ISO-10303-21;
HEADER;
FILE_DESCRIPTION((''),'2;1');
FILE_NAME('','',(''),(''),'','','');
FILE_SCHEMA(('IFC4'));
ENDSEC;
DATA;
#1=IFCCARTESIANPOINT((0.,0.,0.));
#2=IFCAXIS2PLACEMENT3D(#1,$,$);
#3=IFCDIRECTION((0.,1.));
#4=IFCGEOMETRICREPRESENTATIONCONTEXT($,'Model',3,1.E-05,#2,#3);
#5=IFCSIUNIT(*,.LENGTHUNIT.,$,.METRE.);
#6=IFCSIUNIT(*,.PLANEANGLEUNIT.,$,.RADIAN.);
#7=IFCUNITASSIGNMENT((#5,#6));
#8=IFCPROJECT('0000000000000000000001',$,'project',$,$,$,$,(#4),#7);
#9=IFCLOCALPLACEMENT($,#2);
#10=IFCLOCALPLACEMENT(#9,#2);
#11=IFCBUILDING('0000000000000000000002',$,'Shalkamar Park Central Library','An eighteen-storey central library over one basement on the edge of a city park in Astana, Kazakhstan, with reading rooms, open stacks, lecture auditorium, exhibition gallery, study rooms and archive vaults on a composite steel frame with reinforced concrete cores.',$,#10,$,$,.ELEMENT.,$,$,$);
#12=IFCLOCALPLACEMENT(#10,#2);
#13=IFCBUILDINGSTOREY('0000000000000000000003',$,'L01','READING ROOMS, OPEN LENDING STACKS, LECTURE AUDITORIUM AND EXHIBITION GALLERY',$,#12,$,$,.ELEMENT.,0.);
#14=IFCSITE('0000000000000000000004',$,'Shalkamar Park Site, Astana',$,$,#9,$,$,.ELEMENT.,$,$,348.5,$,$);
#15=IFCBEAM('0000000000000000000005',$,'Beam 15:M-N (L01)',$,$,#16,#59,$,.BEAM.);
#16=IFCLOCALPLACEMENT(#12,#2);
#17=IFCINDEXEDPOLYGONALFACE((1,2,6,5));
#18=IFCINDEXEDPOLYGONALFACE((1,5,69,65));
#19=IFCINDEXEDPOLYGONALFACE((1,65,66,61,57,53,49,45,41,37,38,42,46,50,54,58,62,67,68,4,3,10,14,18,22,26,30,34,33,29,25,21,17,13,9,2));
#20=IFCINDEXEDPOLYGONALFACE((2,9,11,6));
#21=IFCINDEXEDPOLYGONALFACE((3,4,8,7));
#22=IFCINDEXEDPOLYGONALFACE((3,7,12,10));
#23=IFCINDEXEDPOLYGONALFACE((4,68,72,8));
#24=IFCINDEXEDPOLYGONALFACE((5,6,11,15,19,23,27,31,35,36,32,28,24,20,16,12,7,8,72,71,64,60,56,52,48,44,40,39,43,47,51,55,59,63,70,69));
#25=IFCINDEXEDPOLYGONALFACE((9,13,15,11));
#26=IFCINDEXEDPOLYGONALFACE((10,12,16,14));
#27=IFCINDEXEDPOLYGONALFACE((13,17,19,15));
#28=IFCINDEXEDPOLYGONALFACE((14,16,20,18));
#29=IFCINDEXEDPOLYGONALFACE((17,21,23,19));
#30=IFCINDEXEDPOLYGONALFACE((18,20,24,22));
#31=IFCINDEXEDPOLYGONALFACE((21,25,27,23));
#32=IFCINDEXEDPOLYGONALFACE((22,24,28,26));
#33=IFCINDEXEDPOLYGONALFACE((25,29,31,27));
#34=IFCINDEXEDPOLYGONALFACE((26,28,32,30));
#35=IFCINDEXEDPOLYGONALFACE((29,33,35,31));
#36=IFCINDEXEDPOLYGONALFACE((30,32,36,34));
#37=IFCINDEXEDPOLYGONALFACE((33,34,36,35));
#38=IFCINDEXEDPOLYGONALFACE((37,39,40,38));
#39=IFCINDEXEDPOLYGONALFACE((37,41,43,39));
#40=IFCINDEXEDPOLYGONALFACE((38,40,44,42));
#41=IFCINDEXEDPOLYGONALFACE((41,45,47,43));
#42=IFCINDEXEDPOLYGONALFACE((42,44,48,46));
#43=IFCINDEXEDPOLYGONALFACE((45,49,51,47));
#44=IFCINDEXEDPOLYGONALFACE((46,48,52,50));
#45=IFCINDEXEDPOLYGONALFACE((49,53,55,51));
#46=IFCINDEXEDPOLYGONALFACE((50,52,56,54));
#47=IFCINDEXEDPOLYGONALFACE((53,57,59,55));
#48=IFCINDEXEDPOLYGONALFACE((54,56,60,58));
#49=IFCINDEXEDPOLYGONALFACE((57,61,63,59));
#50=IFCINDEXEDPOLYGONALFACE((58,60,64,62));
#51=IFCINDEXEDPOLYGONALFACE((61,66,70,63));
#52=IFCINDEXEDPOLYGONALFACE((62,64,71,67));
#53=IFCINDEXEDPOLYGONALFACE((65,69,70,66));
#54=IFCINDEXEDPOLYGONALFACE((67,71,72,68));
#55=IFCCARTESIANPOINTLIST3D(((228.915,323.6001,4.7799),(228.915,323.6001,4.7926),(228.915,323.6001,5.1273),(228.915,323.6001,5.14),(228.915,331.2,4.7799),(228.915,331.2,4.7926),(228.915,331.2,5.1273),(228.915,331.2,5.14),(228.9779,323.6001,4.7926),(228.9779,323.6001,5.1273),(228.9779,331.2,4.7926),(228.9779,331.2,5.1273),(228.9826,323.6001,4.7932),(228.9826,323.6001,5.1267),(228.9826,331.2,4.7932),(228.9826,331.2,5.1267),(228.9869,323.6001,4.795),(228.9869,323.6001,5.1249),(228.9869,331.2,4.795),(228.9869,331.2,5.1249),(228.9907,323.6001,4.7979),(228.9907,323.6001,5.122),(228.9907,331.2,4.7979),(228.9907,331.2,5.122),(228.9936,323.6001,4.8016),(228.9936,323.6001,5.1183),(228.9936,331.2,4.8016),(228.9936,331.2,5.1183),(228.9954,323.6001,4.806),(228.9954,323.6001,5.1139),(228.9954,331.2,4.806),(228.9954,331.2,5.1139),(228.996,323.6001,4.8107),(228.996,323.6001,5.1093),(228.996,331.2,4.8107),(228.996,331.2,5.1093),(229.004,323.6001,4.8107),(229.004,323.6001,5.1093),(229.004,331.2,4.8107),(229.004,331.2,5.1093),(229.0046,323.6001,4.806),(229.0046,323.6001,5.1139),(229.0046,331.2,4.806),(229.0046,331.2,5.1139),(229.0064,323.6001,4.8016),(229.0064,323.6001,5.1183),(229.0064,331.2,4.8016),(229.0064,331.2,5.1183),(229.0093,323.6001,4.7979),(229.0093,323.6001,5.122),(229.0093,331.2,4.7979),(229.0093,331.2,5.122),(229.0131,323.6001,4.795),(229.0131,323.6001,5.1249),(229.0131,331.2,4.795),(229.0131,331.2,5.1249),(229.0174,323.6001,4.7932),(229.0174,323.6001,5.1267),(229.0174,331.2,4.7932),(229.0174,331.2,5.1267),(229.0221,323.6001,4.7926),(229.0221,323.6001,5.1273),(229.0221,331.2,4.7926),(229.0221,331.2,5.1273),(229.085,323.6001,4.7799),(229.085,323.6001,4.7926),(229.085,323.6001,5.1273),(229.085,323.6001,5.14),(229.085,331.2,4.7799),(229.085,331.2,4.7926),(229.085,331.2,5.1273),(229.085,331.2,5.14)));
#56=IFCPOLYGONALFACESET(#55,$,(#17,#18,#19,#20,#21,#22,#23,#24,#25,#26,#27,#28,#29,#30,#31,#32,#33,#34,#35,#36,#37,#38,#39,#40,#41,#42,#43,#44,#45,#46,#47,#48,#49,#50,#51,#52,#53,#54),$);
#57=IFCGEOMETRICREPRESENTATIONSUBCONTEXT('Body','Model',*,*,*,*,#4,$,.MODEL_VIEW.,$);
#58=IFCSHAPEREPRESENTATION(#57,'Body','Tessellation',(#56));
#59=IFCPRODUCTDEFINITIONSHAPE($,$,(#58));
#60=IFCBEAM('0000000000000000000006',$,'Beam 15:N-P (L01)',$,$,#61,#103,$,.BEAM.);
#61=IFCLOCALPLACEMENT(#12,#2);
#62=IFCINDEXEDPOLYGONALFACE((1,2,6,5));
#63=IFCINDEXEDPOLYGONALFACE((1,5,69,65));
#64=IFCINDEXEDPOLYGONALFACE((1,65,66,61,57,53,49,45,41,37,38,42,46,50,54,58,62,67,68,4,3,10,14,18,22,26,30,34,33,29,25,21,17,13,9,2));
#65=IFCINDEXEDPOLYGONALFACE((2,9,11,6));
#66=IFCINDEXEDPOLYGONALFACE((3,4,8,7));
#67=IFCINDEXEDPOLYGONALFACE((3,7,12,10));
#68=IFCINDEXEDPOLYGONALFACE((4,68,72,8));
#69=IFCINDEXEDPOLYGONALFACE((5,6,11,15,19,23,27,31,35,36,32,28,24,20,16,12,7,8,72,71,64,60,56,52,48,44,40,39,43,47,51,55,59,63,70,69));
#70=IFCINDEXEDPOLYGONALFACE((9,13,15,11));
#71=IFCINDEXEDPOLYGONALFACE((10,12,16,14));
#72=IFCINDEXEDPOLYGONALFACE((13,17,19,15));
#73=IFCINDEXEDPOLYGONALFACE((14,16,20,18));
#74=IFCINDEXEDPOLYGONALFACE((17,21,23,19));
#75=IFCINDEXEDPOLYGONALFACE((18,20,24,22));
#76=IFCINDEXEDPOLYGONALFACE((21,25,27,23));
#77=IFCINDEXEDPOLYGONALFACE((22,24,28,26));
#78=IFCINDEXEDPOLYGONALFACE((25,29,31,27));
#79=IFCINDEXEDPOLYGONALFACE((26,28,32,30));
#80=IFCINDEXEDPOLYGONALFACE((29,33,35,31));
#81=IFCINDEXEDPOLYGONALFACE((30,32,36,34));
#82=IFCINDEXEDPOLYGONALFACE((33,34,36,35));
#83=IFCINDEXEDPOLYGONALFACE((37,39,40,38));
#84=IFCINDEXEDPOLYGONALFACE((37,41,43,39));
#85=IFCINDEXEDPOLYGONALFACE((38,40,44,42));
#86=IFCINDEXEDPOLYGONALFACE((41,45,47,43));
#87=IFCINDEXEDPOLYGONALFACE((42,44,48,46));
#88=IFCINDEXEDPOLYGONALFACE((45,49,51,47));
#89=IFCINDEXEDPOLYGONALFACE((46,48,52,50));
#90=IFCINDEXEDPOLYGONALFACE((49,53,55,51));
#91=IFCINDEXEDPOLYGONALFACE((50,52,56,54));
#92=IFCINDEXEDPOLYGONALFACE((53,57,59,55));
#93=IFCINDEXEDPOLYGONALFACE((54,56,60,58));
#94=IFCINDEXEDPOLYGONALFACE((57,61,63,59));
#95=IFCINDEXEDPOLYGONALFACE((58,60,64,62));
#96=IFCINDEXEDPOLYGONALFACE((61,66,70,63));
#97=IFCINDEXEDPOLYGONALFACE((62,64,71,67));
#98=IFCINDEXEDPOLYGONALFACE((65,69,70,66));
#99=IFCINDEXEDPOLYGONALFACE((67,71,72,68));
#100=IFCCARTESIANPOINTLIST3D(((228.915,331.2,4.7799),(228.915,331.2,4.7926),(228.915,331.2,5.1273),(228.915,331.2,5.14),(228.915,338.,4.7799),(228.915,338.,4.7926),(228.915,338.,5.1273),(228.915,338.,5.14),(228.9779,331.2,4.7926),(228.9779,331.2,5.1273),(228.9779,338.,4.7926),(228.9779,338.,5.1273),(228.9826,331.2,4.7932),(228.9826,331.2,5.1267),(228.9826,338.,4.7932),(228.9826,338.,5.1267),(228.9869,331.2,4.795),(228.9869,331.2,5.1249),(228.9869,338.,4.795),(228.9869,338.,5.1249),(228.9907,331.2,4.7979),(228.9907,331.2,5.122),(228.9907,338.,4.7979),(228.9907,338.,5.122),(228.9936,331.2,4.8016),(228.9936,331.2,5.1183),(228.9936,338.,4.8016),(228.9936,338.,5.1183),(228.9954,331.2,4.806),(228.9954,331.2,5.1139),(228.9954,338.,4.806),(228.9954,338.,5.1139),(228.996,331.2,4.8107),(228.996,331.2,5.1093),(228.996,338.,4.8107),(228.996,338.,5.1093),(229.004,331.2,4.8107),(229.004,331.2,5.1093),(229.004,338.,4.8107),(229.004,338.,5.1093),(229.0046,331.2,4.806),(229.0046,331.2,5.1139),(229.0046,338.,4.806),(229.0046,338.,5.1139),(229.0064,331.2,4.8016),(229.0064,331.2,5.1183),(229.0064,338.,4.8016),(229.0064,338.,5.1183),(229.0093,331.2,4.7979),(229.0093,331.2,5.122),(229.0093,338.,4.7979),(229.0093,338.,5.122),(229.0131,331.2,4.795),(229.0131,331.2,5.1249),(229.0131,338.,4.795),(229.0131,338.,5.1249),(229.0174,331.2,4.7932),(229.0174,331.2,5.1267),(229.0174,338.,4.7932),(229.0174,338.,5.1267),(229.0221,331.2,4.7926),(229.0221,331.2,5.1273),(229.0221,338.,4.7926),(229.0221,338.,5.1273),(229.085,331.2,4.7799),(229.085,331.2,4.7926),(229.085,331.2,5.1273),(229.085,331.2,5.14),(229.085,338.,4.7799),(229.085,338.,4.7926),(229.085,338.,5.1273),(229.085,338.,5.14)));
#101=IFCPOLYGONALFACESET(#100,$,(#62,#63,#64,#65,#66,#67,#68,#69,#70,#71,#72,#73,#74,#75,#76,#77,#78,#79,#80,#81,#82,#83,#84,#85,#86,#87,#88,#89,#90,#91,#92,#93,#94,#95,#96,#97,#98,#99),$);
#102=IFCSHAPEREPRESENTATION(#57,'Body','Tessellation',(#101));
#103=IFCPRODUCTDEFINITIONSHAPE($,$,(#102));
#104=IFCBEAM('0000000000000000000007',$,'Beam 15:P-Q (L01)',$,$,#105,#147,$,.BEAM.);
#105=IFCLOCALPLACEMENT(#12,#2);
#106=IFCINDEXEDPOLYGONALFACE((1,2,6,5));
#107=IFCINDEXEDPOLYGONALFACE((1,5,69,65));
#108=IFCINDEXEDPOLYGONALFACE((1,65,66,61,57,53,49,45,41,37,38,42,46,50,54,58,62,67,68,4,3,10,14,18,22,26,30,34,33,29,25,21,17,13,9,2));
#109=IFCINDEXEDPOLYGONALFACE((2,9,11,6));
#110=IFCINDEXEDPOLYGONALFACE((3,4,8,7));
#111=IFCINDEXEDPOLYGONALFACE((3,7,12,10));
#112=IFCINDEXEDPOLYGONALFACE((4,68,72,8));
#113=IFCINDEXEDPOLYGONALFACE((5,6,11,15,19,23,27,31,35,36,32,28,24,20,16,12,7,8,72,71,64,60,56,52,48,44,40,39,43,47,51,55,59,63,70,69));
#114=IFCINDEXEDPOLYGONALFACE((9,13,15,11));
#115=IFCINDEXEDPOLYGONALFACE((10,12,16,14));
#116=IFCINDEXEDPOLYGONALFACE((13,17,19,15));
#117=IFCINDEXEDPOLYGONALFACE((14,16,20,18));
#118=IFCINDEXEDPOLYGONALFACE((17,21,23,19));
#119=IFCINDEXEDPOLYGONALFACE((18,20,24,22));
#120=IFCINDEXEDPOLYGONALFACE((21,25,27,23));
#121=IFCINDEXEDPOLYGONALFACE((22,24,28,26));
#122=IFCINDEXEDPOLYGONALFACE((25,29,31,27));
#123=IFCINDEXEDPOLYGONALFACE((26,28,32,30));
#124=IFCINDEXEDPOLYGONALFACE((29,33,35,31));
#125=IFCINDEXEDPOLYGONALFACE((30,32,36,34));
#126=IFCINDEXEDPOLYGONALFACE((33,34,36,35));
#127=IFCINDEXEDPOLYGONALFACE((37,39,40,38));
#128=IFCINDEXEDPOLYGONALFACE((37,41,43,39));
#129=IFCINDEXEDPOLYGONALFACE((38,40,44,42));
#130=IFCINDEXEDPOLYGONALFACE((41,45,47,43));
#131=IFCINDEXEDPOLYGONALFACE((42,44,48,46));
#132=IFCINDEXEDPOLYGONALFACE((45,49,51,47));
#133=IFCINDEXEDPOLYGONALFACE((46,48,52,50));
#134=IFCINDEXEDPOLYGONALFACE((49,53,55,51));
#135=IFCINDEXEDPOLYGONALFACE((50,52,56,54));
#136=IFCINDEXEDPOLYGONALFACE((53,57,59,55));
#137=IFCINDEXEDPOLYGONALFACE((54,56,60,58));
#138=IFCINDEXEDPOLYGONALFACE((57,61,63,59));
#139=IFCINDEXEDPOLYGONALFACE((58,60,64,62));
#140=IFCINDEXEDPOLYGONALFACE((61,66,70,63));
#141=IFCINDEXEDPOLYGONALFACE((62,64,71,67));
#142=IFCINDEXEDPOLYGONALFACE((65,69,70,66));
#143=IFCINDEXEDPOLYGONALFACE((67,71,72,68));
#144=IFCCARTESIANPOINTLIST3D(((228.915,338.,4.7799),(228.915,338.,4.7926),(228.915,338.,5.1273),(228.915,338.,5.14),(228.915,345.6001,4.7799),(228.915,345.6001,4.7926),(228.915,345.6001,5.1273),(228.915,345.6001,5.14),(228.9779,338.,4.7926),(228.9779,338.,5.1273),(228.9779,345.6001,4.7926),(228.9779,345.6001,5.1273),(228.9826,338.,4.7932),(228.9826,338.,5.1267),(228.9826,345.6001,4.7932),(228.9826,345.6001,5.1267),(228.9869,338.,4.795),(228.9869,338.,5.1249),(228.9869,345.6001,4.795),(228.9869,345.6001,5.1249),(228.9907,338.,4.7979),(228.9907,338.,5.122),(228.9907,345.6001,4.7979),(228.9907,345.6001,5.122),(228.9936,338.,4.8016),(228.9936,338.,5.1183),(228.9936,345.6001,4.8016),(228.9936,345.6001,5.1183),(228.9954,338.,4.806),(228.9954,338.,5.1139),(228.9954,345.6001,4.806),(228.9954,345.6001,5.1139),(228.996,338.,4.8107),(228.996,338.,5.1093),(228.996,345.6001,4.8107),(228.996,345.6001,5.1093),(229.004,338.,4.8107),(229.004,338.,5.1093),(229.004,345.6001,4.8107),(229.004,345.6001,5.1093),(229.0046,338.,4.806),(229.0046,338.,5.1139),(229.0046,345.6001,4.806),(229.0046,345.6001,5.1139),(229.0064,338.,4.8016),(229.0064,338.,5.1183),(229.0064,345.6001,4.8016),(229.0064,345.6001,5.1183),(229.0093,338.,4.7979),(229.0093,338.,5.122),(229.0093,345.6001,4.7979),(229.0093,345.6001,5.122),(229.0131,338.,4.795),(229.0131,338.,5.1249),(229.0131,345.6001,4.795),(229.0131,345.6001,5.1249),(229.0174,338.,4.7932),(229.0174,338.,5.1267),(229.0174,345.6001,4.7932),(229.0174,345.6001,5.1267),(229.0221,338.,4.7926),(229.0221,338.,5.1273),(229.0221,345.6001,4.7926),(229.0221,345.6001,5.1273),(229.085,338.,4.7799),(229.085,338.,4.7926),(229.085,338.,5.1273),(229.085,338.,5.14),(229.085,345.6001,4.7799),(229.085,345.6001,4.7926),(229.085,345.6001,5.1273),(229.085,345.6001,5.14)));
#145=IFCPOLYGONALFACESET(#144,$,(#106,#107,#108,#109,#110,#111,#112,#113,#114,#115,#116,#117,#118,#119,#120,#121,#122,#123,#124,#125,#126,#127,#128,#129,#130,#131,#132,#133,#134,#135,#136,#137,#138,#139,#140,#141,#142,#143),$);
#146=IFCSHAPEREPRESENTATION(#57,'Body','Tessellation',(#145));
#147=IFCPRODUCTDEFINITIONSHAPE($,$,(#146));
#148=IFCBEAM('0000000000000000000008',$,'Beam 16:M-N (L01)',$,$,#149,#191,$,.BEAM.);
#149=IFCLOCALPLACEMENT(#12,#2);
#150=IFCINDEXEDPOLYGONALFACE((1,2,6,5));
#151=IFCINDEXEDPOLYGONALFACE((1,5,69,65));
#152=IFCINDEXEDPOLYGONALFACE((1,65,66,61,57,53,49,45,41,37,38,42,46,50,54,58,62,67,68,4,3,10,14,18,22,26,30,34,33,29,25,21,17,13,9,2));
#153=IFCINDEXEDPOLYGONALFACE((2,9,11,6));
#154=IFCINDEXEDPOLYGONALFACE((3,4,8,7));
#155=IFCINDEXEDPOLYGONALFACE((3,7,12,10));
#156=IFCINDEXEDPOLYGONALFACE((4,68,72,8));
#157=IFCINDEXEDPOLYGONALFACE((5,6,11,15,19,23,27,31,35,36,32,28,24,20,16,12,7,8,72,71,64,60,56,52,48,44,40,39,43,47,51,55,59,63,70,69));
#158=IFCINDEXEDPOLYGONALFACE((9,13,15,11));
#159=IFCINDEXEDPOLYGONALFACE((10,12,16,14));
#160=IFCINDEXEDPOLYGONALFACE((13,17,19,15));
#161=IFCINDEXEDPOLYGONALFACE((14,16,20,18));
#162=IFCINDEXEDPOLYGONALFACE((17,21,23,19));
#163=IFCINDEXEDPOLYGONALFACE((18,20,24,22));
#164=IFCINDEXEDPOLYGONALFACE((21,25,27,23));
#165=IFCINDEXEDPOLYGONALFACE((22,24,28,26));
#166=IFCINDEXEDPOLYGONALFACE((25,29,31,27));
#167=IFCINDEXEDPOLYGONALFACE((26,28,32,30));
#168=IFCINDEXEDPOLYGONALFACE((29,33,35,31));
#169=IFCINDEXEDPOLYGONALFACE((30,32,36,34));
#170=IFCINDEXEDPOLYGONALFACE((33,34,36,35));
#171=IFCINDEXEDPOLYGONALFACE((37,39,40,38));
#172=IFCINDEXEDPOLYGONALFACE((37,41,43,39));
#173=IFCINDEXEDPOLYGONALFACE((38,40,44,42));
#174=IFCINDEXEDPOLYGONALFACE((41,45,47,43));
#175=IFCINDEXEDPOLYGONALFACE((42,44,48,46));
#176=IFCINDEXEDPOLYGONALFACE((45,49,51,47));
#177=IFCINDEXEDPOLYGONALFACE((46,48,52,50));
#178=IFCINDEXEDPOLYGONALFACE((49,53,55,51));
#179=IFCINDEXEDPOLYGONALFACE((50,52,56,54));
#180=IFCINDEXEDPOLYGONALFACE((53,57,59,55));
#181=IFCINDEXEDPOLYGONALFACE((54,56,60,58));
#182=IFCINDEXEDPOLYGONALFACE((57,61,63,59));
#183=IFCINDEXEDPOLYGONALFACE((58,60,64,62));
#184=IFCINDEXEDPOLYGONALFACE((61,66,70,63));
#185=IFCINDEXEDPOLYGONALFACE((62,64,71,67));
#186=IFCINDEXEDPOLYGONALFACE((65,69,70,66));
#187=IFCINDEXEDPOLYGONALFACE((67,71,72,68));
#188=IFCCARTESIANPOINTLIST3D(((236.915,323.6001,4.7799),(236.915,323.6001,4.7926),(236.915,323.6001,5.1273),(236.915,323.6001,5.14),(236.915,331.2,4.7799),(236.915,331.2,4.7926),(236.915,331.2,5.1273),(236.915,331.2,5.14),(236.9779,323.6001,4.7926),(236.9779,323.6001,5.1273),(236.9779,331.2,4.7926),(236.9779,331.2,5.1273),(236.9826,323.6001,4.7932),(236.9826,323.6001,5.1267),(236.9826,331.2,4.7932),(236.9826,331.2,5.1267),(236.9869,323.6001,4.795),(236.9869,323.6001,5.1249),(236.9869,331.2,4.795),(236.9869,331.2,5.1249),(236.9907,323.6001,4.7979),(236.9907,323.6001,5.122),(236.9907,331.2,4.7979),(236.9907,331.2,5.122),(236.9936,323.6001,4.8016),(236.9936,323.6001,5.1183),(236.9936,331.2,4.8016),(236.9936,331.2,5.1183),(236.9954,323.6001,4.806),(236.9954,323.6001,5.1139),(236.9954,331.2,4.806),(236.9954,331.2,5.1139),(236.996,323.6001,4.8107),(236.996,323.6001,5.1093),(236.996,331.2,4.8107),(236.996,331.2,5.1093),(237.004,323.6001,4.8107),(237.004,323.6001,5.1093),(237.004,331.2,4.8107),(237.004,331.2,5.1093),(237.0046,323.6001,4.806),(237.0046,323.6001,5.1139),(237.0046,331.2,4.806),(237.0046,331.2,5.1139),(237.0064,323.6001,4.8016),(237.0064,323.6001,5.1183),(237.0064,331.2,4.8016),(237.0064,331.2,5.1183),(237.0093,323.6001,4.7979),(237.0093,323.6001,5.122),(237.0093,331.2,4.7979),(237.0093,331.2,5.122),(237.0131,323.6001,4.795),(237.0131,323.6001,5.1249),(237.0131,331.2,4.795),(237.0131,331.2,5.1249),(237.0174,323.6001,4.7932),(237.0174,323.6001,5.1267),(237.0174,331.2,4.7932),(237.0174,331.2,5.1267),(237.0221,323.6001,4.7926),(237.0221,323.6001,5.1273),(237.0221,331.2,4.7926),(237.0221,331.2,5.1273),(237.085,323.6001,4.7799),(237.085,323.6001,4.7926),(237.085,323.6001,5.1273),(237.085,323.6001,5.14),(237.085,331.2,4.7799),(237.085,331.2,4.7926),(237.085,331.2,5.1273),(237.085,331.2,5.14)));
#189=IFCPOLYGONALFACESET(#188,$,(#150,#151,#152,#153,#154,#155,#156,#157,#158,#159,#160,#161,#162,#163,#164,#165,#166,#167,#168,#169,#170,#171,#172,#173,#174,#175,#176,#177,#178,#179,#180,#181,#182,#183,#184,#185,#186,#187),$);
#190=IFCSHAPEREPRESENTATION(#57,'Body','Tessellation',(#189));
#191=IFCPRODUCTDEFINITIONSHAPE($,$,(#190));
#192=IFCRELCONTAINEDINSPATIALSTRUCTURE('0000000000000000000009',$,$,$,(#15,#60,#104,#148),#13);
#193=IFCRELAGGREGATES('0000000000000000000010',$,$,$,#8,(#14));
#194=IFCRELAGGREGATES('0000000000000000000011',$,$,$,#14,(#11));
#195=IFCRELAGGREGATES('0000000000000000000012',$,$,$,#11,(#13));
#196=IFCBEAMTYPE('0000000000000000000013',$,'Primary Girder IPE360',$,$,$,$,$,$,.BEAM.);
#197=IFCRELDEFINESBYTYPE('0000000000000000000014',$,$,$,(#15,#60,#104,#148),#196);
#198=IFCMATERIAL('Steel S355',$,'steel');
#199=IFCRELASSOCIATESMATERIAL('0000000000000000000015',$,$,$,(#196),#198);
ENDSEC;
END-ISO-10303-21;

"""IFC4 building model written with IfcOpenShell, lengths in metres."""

from ifc_helpers import new_model, si_unit, direction, frame, origin, origin_2d, place, context, subcontext, project, spatial, i_section, extrude, material, material_profile, profile_set, type_object, element, save


model = new_model("IFC4")

# Units and contexts
model_context = context("Model", 3, precision=1e-05, world=origin(), true_north=direction((0.0, 1.0)))
body_context = subcontext(model_context, "Body", "Model", "MODEL_VIEW")
ifc_project = project(units=[si_unit("LENGTHUNIT", "METRE"), si_unit("PLANEANGLEUNIT", "RADIAN")], contexts=[model_context])

# Site, building, storey
site_placement = place(None, origin())
site = spatial("IfcSite", under=ifc_project, at=site_placement, Name="Shalkamar Park Site, Astana", CompositionType="ELEMENT", RefElevation=348.5)
building_placement = place(site_placement, origin())
building = spatial("IfcBuilding", under=site, at=building_placement, Name="Shalkamar Park Central Library", Description="An eighteen-storey central library over one basement on the edge of a city park in Astana, Kazakhstan, with reading rooms, open stacks, lecture auditorium, exhibition gallery, study rooms and archive vaults on a composite steel frame with reinforced concrete cores.", CompositionType="ELEMENT")
storey_placement = place(building_placement, origin())
storey = spatial("IfcBuildingStorey", under=building, at=storey_placement, Name="L01", Description="READING ROOMS, OPEN LENDING STACKS, LECTURE AUDITORIUM AND EXHIBITION GALLERY", CompositionType="ELEMENT", Elevation=0.0)

# Shared definitions
ifc_material = material(Name="Steel S355", Category="steel")

# Beams
ifc_material_profile_1 = material_profile(ifc_material, i_section(OverallWidth=0.1699, OverallDepth=0.3601, WebThickness=0.0081, FlangeThickness=0.0127, FilletRadius=0.0181, at=origin_2d()), Name="IPE 360")
ifc_profile_set_1 = profile_set([ifc_material_profile_1], Name="Steel S355")
beam_type_1 = type_object("IfcBeamType", Name="Primary Girder IPE360", PredefinedType="BEAM", material=ifc_profile_set_1)
beam_1_placement = place(storey_placement, frame((229.0, 323.6001, 4.96), z_axis=(0.0, 1.0, 0.0), x_axis=(-1.0, 0.0, 0.0)))
element("IfcBeam", 1, at=beam_1_placement, inside=storey, type_object=beam_type_1, Name="Beam 15:M-N (L01)", PredefinedType="BEAM", context=body_context, shape_type="SweptSolid", body=[
    extrude(i_section(OverallWidth=0.1699, OverallDepth=0.3601, WebThickness=0.0081, FlangeThickness=0.0127, FilletRadius=0.0181, at=origin_2d()), origin(), (0.0, 0.0, 1.0), 7.5999),
])
beam_2_placement = place(storey_placement, frame((229.0, 331.2, 4.96), z_axis=(0.0, 1.0, 0.0), x_axis=(-1.0, 0.0, 0.0)))
element("IfcBeam", 2, at=beam_2_placement, inside=storey, type_object=beam_type_1, Name="Beam 15:N-P (L01)", PredefinedType="BEAM", context=body_context, shape_type="SweptSolid", body=[
    extrude(i_section(OverallWidth=0.1699, OverallDepth=0.3601, WebThickness=0.0081, FlangeThickness=0.0127, FilletRadius=0.0181, at=origin_2d()), origin(), (0.0, 0.0, 1.0), 6.8),
])
beam_3_placement = place(storey_placement, frame((229.0, 338.0, 4.96), z_axis=(0.0, 1.0, 0.0), x_axis=(-1.0, 0.0, 0.0)))
element("IfcBeam", 3, at=beam_3_placement, inside=storey, type_object=beam_type_1, Name="Beam 15:P-Q (L01)", PredefinedType="BEAM", context=body_context, shape_type="SweptSolid", body=[
    extrude(i_section(OverallWidth=0.1699, OverallDepth=0.3601, WebThickness=0.0081, FlangeThickness=0.0127, FilletRadius=0.0181, at=origin_2d()), origin(), (0.0, 0.0, 1.0), 7.6001),
])
beam_4_placement = place(storey_placement, frame((237.0, 323.6001, 4.96), z_axis=(0.0, 1.0, 0.0), x_axis=(-1.0, 0.0, 0.0)))
element("IfcBeam", 4, at=beam_4_placement, inside=storey, type_object=beam_type_1, Name="Beam 16:M-N (L01)", PredefinedType="BEAM", context=body_context, shape_type="SweptSolid", body=[
    extrude(i_section(OverallWidth=0.1699, OverallDepth=0.3601, WebThickness=0.0081, FlangeThickness=0.0127, FilletRadius=0.0181, at=origin_2d()), origin(), (0.0, 0.0, 1.0), 7.5999),
])

save(model, "model.ifc")
